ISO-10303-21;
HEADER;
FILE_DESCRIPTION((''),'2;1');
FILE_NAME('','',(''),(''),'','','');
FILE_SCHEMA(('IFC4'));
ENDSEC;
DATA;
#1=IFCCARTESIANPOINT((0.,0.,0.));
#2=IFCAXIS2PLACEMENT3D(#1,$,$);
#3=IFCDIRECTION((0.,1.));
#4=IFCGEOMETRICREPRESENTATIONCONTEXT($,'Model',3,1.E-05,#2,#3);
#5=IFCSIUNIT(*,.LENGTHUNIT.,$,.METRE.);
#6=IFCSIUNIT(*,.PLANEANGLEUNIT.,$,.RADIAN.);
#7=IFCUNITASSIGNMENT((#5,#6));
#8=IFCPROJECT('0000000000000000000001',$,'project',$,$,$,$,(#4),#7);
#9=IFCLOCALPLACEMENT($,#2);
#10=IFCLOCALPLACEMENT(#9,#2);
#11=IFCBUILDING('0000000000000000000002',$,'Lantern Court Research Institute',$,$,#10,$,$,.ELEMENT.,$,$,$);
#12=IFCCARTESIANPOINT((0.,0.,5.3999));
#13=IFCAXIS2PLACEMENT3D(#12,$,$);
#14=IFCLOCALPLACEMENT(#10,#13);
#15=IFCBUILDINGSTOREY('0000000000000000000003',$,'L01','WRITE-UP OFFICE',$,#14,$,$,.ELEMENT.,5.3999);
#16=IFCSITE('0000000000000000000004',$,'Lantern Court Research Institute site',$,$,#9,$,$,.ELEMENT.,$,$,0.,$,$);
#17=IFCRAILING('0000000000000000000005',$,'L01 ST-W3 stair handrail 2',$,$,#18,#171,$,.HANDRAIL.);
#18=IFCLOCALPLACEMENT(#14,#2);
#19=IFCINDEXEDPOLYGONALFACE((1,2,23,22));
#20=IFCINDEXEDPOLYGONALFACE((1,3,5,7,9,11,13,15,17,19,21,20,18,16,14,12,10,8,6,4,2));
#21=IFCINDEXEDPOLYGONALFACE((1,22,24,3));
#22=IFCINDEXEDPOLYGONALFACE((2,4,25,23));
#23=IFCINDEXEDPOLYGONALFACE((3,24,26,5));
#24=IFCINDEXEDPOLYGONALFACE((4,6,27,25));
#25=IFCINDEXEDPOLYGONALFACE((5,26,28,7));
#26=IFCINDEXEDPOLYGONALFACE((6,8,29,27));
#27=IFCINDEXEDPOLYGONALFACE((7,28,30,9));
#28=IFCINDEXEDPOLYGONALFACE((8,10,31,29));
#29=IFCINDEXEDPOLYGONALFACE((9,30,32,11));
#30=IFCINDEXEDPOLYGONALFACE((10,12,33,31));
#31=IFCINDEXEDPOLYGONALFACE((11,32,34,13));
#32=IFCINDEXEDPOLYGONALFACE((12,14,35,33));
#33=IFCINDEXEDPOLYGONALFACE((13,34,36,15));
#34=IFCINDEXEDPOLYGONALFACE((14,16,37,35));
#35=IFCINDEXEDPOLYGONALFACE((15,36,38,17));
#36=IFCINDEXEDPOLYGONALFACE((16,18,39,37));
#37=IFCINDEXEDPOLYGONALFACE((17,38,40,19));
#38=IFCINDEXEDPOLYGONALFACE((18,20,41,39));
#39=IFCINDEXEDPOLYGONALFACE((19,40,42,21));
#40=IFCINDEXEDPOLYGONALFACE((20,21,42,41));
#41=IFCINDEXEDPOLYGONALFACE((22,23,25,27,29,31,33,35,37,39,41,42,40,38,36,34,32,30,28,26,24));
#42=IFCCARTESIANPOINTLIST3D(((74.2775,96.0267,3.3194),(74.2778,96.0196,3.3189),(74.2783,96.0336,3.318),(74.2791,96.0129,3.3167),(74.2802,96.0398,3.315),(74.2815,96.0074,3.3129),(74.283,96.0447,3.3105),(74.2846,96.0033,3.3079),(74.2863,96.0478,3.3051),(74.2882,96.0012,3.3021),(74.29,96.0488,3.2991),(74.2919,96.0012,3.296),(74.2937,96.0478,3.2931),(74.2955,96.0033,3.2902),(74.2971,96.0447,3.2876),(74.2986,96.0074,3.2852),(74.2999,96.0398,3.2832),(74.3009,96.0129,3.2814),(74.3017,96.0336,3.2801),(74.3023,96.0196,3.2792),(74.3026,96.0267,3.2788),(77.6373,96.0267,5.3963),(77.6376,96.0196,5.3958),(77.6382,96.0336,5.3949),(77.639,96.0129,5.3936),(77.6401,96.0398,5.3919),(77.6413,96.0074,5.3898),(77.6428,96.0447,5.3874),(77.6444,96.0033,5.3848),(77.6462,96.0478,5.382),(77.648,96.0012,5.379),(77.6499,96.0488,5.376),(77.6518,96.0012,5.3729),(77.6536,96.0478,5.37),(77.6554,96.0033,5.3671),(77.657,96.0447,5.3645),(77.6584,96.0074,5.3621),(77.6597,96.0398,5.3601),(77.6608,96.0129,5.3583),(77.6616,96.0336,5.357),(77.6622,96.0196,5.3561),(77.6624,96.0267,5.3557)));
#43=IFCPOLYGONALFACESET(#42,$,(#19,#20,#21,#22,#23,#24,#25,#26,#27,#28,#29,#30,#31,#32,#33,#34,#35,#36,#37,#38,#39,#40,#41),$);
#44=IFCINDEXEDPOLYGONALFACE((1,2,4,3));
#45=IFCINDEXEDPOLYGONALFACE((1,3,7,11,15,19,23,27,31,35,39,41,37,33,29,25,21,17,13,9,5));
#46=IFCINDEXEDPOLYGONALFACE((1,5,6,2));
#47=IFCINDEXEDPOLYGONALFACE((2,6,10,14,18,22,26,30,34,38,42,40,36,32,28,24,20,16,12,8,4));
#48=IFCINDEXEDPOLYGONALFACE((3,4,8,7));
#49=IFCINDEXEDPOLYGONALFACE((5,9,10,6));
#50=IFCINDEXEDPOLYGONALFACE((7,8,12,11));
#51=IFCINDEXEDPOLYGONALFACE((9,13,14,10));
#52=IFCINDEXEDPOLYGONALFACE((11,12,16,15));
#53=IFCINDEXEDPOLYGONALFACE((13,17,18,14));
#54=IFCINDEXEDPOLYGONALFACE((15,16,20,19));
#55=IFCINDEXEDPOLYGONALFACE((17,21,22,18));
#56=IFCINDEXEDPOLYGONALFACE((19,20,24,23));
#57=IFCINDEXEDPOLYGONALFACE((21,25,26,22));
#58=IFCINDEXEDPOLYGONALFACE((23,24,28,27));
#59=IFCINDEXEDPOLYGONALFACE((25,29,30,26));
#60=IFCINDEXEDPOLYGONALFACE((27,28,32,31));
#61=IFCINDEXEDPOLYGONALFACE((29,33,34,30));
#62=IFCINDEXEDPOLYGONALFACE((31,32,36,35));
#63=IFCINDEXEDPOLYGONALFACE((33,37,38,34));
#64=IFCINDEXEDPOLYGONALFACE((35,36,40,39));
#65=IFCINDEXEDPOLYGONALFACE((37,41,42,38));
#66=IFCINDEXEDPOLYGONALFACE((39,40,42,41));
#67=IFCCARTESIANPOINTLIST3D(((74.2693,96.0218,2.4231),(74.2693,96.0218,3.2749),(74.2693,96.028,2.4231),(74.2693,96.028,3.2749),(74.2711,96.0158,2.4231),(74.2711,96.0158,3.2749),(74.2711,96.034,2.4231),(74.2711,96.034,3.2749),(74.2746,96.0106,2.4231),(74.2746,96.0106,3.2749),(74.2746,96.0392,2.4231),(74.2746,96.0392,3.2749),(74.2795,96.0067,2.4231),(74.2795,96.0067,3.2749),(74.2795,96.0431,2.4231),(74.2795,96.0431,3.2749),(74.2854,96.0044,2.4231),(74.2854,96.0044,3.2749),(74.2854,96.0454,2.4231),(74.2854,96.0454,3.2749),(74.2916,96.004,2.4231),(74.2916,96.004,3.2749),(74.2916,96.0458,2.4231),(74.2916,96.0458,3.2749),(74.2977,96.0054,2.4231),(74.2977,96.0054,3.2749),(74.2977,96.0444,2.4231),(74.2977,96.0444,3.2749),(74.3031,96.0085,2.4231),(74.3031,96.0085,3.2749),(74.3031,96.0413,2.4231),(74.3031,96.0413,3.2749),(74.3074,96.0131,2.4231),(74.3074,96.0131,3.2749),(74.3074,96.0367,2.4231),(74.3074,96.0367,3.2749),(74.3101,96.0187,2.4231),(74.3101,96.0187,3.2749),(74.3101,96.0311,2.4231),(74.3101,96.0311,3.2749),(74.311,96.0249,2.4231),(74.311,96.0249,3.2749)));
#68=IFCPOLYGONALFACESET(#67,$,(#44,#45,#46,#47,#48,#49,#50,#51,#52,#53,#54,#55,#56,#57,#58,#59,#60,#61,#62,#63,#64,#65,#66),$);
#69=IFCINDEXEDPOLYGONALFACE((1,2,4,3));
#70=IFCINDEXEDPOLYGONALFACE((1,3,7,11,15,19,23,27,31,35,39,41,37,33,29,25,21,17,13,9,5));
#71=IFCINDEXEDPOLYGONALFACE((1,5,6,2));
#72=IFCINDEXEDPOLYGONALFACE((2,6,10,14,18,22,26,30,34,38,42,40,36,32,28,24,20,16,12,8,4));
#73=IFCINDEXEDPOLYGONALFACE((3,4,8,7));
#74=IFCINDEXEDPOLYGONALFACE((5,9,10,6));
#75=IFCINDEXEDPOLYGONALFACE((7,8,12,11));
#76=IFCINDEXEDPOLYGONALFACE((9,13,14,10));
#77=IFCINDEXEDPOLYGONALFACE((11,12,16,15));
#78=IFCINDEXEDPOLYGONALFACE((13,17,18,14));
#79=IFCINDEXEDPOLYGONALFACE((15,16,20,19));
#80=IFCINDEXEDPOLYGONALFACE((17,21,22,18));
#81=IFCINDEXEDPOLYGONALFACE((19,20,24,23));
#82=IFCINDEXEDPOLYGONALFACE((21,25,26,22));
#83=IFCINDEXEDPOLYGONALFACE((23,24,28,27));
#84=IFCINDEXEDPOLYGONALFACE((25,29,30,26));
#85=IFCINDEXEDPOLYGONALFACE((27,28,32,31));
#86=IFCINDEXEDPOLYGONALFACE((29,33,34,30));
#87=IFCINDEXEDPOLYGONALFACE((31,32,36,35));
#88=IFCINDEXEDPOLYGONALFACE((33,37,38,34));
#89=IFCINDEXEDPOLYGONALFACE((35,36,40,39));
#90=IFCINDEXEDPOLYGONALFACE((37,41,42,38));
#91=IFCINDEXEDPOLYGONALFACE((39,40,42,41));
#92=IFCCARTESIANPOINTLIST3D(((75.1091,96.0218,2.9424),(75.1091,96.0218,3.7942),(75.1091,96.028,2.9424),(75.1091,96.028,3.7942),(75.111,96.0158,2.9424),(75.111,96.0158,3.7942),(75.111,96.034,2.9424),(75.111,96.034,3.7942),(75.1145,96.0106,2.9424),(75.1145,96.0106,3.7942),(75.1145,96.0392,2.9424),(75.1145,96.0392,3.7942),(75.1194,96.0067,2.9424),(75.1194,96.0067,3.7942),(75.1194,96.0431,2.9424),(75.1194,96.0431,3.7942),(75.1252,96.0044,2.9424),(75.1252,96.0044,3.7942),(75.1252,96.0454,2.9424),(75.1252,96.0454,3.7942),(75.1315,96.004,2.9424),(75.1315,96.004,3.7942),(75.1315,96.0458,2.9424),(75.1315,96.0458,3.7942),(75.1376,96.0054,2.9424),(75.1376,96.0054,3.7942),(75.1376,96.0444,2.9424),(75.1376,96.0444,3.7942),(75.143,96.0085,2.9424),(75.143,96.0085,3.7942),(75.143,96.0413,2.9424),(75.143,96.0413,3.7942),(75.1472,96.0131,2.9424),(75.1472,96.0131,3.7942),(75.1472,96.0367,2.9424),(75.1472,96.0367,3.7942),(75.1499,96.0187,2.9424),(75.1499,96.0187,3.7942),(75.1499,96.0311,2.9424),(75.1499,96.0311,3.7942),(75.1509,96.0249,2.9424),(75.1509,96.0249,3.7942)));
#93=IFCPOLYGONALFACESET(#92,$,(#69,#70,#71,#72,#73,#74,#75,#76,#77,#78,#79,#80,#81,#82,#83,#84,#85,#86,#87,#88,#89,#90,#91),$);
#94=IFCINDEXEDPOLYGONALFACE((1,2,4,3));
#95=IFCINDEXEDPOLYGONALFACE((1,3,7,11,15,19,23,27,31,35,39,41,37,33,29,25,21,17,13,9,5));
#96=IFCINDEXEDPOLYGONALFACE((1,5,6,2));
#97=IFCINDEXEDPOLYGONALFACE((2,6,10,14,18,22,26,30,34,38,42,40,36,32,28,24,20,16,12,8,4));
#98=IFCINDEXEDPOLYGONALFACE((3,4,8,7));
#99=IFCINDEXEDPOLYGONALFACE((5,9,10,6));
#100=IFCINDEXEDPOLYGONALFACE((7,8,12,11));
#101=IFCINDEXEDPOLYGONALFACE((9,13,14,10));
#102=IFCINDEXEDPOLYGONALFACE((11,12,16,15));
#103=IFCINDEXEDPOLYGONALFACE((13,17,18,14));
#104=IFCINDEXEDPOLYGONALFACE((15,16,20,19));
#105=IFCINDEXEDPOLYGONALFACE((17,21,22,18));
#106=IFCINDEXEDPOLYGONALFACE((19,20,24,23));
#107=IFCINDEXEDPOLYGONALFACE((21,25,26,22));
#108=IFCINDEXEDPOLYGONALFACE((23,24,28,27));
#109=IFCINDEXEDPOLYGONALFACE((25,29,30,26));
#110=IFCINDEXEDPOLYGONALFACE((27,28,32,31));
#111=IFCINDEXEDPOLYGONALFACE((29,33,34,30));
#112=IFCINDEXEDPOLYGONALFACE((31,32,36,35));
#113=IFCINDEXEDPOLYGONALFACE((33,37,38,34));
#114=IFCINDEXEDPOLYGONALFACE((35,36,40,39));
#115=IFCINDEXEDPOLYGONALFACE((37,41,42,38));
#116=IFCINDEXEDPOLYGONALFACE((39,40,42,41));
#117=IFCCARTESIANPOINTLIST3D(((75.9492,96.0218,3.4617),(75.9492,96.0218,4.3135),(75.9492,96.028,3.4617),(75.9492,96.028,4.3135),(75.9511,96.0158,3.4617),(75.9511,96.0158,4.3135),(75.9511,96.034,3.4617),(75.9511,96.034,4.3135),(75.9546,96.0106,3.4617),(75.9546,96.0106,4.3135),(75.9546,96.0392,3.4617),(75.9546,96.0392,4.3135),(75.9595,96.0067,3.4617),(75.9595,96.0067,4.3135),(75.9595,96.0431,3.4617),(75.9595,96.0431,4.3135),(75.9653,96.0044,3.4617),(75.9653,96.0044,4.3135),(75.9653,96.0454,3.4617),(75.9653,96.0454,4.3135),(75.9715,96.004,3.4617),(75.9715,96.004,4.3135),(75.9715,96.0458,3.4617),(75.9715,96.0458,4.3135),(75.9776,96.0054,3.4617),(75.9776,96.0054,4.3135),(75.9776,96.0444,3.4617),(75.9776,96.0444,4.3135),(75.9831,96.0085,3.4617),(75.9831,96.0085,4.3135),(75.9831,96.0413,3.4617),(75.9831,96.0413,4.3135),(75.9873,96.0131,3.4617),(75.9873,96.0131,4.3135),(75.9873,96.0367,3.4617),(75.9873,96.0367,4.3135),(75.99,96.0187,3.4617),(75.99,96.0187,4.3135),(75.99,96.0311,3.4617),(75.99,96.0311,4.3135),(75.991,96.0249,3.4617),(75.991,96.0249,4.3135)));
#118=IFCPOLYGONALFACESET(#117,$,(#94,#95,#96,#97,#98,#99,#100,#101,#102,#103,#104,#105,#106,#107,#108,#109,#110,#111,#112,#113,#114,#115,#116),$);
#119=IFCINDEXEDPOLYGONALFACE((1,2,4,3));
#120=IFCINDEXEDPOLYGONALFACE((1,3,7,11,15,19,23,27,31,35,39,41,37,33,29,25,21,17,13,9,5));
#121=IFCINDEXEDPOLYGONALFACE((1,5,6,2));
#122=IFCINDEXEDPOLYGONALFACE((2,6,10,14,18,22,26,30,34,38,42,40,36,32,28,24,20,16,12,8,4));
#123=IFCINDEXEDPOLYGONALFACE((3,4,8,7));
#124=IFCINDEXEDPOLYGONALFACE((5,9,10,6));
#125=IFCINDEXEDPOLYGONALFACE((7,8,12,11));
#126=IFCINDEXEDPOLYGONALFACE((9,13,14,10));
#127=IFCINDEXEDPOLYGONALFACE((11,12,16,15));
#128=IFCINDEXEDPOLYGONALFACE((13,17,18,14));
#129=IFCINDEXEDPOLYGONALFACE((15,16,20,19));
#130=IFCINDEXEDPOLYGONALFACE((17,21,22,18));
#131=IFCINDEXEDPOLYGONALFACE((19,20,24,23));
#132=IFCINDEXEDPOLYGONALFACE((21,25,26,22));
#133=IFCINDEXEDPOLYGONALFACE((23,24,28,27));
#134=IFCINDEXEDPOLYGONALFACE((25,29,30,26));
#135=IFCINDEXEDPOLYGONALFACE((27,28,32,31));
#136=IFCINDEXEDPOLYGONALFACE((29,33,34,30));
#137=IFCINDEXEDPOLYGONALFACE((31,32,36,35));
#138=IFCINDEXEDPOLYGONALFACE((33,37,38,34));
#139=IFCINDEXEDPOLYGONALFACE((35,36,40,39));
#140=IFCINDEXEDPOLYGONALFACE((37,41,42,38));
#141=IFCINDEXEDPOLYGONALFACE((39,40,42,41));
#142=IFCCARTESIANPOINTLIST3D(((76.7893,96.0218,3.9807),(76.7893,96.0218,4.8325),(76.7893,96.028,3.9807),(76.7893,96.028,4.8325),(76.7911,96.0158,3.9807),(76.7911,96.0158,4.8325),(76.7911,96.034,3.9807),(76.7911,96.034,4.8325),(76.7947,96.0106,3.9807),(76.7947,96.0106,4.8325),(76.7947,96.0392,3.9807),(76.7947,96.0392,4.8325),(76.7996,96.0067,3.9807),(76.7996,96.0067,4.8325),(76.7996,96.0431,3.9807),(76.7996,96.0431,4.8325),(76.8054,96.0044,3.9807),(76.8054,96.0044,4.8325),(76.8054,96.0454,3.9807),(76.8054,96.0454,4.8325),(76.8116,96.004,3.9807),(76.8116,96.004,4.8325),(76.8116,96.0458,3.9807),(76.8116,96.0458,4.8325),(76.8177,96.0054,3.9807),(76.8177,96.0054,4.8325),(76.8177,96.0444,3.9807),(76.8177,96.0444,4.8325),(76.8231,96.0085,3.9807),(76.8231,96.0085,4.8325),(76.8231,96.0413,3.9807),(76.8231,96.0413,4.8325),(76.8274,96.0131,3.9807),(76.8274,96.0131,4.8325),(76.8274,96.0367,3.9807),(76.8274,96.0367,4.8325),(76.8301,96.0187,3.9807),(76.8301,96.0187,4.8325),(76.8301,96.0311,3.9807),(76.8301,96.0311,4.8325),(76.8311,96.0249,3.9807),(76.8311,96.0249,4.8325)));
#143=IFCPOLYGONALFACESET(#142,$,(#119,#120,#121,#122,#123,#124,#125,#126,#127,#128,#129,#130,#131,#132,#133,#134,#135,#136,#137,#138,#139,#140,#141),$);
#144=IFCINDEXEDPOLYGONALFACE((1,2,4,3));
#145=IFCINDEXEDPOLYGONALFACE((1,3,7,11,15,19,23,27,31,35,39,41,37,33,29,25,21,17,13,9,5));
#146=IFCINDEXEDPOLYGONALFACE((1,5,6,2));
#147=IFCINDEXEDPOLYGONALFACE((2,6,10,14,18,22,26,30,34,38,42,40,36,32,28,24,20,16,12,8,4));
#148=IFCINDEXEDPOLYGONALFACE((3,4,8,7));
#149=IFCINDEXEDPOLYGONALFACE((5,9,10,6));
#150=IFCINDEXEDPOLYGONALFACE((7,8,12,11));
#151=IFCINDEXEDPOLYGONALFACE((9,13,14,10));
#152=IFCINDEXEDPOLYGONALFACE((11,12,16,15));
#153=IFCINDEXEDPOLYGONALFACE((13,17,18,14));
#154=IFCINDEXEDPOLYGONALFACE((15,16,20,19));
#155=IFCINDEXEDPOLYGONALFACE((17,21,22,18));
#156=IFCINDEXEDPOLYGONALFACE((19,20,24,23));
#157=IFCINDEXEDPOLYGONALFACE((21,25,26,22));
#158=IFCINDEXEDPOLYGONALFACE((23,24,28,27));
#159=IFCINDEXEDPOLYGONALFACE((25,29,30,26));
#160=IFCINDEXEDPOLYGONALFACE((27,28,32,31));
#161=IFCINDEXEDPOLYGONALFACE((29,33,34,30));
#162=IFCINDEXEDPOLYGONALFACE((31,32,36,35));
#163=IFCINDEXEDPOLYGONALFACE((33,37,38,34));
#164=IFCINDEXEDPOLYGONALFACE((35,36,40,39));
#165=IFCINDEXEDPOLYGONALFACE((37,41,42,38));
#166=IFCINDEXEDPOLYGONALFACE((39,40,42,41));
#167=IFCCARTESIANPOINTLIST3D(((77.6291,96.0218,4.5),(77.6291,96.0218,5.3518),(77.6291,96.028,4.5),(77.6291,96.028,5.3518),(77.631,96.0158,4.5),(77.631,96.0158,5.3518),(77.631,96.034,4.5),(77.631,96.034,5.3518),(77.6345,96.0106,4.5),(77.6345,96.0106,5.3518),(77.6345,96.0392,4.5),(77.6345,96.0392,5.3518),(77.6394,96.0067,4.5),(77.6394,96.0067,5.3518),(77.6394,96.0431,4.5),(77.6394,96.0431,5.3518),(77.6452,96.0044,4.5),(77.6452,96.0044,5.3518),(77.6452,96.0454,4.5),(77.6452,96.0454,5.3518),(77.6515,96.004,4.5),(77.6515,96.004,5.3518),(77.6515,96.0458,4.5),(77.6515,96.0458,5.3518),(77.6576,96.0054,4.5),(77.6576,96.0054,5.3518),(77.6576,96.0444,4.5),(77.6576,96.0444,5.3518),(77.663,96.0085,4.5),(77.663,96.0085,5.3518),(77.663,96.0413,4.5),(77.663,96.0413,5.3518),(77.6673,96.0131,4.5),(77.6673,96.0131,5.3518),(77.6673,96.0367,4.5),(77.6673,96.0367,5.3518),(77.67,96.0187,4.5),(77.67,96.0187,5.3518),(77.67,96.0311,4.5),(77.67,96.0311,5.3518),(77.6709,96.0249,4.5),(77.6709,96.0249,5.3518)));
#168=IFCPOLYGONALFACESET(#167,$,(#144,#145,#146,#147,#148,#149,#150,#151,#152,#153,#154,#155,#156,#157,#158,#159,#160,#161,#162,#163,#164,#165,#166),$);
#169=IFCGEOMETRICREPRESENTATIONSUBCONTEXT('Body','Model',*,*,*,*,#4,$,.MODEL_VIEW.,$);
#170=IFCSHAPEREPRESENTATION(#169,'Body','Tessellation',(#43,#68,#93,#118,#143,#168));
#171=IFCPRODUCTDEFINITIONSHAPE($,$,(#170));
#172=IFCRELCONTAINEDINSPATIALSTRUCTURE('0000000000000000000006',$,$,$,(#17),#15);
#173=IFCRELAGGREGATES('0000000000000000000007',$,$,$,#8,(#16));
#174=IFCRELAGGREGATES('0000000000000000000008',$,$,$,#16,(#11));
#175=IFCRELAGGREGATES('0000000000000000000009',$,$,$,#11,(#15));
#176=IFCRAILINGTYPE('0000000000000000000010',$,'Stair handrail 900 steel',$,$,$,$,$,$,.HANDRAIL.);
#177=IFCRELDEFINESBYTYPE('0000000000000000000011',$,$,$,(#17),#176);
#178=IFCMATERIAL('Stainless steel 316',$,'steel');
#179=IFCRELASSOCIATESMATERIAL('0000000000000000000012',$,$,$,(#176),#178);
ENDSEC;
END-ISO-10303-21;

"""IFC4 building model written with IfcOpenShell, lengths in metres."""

from ifc_helpers import new_model, si_unit, direction, frame, origin, origin_2d, place, context, subcontext, project, spatial, circle, extrude, material, type_object, element, save


model = new_model("IFC4")

# Units and contexts
model_context = context("Model", 3, precision=1e-05, world=origin(), true_north=direction((0.0, 1.0)))
body_context = subcontext(model_context, "Body", "Model", "MODEL_VIEW")
ifc_project = project(units=[si_unit("LENGTHUNIT", "METRE"), si_unit("PLANEANGLEUNIT", "RADIAN")], contexts=[model_context])

# Site, building, storey
site_placement = place(None, origin())
site = spatial("IfcSite", under=ifc_project, at=site_placement, Name="Lantern Court Research Institute site", CompositionType="ELEMENT", RefElevation=0.0)
building_placement = place(site_placement, origin())
building = spatial("IfcBuilding", under=site, at=building_placement, Name="Lantern Court Research Institute", CompositionType="ELEMENT")
storey_placement = place(building_placement, frame((0.0, 0.0, 5.3999)))
storey = spatial("IfcBuildingStorey", under=building, at=storey_placement, Name="L01", Description="WRITE-UP OFFICE", CompositionType="ELEMENT", Elevation=5.3999)

# Railing
ifc_material_1 = material(Name="Stainless steel 316", Category="steel")
railing_type_1 = type_object("IfcRailingType", Name="Stair handrail 900 steel", PredefinedType="HANDRAIL", material=ifc_material_1)
railing_1_placement = place(storey_placement, frame((74.29, 96.0249, 2.4231)))
element("IfcRailing", 1, at=railing_1_placement, inside=storey, type_object=railing_type_1, Name="L01 ST-W3 stair handrail 2", PredefinedType="HANDRAIL", context=body_context, shape_type="SweptSolid", body=[
    extrude(circle(Radius=0.0239, at=origin_2d()), frame((0.0, 0.0, 0.876), z_axis=(0.850606, 0.0, 0.525803), x_axis=(0.0, 1.0, 0.0)), (0.0, 0.0, 1.0), 3.95),
    extrude(circle(Radius=0.021, at=origin_2d()), origin(), (0.0, 0.0, 1.0), 0.8518),
    extrude(circle(Radius=0.021, at=origin_2d()), frame((0.8398, 0.0, 0.5193)), (0.0, 0.0, 1.0), 0.8518),
    extrude(circle(Radius=0.021, at=origin_2d()), frame((1.6799, 0.0, 1.0386)), (0.0, 0.0, 1.0), 0.8518),
    extrude(circle(Radius=0.021, at=origin_2d()), frame((2.52, 0.0, 1.5576)), (0.0, 0.0, 1.0), 0.8518),
    extrude(circle(Radius=0.021, at=origin_2d()), frame((3.3599, 0.0, 2.0769)), (0.0, 0.0, 1.0), 0.8518),
])

save(model, "model.ifc")
